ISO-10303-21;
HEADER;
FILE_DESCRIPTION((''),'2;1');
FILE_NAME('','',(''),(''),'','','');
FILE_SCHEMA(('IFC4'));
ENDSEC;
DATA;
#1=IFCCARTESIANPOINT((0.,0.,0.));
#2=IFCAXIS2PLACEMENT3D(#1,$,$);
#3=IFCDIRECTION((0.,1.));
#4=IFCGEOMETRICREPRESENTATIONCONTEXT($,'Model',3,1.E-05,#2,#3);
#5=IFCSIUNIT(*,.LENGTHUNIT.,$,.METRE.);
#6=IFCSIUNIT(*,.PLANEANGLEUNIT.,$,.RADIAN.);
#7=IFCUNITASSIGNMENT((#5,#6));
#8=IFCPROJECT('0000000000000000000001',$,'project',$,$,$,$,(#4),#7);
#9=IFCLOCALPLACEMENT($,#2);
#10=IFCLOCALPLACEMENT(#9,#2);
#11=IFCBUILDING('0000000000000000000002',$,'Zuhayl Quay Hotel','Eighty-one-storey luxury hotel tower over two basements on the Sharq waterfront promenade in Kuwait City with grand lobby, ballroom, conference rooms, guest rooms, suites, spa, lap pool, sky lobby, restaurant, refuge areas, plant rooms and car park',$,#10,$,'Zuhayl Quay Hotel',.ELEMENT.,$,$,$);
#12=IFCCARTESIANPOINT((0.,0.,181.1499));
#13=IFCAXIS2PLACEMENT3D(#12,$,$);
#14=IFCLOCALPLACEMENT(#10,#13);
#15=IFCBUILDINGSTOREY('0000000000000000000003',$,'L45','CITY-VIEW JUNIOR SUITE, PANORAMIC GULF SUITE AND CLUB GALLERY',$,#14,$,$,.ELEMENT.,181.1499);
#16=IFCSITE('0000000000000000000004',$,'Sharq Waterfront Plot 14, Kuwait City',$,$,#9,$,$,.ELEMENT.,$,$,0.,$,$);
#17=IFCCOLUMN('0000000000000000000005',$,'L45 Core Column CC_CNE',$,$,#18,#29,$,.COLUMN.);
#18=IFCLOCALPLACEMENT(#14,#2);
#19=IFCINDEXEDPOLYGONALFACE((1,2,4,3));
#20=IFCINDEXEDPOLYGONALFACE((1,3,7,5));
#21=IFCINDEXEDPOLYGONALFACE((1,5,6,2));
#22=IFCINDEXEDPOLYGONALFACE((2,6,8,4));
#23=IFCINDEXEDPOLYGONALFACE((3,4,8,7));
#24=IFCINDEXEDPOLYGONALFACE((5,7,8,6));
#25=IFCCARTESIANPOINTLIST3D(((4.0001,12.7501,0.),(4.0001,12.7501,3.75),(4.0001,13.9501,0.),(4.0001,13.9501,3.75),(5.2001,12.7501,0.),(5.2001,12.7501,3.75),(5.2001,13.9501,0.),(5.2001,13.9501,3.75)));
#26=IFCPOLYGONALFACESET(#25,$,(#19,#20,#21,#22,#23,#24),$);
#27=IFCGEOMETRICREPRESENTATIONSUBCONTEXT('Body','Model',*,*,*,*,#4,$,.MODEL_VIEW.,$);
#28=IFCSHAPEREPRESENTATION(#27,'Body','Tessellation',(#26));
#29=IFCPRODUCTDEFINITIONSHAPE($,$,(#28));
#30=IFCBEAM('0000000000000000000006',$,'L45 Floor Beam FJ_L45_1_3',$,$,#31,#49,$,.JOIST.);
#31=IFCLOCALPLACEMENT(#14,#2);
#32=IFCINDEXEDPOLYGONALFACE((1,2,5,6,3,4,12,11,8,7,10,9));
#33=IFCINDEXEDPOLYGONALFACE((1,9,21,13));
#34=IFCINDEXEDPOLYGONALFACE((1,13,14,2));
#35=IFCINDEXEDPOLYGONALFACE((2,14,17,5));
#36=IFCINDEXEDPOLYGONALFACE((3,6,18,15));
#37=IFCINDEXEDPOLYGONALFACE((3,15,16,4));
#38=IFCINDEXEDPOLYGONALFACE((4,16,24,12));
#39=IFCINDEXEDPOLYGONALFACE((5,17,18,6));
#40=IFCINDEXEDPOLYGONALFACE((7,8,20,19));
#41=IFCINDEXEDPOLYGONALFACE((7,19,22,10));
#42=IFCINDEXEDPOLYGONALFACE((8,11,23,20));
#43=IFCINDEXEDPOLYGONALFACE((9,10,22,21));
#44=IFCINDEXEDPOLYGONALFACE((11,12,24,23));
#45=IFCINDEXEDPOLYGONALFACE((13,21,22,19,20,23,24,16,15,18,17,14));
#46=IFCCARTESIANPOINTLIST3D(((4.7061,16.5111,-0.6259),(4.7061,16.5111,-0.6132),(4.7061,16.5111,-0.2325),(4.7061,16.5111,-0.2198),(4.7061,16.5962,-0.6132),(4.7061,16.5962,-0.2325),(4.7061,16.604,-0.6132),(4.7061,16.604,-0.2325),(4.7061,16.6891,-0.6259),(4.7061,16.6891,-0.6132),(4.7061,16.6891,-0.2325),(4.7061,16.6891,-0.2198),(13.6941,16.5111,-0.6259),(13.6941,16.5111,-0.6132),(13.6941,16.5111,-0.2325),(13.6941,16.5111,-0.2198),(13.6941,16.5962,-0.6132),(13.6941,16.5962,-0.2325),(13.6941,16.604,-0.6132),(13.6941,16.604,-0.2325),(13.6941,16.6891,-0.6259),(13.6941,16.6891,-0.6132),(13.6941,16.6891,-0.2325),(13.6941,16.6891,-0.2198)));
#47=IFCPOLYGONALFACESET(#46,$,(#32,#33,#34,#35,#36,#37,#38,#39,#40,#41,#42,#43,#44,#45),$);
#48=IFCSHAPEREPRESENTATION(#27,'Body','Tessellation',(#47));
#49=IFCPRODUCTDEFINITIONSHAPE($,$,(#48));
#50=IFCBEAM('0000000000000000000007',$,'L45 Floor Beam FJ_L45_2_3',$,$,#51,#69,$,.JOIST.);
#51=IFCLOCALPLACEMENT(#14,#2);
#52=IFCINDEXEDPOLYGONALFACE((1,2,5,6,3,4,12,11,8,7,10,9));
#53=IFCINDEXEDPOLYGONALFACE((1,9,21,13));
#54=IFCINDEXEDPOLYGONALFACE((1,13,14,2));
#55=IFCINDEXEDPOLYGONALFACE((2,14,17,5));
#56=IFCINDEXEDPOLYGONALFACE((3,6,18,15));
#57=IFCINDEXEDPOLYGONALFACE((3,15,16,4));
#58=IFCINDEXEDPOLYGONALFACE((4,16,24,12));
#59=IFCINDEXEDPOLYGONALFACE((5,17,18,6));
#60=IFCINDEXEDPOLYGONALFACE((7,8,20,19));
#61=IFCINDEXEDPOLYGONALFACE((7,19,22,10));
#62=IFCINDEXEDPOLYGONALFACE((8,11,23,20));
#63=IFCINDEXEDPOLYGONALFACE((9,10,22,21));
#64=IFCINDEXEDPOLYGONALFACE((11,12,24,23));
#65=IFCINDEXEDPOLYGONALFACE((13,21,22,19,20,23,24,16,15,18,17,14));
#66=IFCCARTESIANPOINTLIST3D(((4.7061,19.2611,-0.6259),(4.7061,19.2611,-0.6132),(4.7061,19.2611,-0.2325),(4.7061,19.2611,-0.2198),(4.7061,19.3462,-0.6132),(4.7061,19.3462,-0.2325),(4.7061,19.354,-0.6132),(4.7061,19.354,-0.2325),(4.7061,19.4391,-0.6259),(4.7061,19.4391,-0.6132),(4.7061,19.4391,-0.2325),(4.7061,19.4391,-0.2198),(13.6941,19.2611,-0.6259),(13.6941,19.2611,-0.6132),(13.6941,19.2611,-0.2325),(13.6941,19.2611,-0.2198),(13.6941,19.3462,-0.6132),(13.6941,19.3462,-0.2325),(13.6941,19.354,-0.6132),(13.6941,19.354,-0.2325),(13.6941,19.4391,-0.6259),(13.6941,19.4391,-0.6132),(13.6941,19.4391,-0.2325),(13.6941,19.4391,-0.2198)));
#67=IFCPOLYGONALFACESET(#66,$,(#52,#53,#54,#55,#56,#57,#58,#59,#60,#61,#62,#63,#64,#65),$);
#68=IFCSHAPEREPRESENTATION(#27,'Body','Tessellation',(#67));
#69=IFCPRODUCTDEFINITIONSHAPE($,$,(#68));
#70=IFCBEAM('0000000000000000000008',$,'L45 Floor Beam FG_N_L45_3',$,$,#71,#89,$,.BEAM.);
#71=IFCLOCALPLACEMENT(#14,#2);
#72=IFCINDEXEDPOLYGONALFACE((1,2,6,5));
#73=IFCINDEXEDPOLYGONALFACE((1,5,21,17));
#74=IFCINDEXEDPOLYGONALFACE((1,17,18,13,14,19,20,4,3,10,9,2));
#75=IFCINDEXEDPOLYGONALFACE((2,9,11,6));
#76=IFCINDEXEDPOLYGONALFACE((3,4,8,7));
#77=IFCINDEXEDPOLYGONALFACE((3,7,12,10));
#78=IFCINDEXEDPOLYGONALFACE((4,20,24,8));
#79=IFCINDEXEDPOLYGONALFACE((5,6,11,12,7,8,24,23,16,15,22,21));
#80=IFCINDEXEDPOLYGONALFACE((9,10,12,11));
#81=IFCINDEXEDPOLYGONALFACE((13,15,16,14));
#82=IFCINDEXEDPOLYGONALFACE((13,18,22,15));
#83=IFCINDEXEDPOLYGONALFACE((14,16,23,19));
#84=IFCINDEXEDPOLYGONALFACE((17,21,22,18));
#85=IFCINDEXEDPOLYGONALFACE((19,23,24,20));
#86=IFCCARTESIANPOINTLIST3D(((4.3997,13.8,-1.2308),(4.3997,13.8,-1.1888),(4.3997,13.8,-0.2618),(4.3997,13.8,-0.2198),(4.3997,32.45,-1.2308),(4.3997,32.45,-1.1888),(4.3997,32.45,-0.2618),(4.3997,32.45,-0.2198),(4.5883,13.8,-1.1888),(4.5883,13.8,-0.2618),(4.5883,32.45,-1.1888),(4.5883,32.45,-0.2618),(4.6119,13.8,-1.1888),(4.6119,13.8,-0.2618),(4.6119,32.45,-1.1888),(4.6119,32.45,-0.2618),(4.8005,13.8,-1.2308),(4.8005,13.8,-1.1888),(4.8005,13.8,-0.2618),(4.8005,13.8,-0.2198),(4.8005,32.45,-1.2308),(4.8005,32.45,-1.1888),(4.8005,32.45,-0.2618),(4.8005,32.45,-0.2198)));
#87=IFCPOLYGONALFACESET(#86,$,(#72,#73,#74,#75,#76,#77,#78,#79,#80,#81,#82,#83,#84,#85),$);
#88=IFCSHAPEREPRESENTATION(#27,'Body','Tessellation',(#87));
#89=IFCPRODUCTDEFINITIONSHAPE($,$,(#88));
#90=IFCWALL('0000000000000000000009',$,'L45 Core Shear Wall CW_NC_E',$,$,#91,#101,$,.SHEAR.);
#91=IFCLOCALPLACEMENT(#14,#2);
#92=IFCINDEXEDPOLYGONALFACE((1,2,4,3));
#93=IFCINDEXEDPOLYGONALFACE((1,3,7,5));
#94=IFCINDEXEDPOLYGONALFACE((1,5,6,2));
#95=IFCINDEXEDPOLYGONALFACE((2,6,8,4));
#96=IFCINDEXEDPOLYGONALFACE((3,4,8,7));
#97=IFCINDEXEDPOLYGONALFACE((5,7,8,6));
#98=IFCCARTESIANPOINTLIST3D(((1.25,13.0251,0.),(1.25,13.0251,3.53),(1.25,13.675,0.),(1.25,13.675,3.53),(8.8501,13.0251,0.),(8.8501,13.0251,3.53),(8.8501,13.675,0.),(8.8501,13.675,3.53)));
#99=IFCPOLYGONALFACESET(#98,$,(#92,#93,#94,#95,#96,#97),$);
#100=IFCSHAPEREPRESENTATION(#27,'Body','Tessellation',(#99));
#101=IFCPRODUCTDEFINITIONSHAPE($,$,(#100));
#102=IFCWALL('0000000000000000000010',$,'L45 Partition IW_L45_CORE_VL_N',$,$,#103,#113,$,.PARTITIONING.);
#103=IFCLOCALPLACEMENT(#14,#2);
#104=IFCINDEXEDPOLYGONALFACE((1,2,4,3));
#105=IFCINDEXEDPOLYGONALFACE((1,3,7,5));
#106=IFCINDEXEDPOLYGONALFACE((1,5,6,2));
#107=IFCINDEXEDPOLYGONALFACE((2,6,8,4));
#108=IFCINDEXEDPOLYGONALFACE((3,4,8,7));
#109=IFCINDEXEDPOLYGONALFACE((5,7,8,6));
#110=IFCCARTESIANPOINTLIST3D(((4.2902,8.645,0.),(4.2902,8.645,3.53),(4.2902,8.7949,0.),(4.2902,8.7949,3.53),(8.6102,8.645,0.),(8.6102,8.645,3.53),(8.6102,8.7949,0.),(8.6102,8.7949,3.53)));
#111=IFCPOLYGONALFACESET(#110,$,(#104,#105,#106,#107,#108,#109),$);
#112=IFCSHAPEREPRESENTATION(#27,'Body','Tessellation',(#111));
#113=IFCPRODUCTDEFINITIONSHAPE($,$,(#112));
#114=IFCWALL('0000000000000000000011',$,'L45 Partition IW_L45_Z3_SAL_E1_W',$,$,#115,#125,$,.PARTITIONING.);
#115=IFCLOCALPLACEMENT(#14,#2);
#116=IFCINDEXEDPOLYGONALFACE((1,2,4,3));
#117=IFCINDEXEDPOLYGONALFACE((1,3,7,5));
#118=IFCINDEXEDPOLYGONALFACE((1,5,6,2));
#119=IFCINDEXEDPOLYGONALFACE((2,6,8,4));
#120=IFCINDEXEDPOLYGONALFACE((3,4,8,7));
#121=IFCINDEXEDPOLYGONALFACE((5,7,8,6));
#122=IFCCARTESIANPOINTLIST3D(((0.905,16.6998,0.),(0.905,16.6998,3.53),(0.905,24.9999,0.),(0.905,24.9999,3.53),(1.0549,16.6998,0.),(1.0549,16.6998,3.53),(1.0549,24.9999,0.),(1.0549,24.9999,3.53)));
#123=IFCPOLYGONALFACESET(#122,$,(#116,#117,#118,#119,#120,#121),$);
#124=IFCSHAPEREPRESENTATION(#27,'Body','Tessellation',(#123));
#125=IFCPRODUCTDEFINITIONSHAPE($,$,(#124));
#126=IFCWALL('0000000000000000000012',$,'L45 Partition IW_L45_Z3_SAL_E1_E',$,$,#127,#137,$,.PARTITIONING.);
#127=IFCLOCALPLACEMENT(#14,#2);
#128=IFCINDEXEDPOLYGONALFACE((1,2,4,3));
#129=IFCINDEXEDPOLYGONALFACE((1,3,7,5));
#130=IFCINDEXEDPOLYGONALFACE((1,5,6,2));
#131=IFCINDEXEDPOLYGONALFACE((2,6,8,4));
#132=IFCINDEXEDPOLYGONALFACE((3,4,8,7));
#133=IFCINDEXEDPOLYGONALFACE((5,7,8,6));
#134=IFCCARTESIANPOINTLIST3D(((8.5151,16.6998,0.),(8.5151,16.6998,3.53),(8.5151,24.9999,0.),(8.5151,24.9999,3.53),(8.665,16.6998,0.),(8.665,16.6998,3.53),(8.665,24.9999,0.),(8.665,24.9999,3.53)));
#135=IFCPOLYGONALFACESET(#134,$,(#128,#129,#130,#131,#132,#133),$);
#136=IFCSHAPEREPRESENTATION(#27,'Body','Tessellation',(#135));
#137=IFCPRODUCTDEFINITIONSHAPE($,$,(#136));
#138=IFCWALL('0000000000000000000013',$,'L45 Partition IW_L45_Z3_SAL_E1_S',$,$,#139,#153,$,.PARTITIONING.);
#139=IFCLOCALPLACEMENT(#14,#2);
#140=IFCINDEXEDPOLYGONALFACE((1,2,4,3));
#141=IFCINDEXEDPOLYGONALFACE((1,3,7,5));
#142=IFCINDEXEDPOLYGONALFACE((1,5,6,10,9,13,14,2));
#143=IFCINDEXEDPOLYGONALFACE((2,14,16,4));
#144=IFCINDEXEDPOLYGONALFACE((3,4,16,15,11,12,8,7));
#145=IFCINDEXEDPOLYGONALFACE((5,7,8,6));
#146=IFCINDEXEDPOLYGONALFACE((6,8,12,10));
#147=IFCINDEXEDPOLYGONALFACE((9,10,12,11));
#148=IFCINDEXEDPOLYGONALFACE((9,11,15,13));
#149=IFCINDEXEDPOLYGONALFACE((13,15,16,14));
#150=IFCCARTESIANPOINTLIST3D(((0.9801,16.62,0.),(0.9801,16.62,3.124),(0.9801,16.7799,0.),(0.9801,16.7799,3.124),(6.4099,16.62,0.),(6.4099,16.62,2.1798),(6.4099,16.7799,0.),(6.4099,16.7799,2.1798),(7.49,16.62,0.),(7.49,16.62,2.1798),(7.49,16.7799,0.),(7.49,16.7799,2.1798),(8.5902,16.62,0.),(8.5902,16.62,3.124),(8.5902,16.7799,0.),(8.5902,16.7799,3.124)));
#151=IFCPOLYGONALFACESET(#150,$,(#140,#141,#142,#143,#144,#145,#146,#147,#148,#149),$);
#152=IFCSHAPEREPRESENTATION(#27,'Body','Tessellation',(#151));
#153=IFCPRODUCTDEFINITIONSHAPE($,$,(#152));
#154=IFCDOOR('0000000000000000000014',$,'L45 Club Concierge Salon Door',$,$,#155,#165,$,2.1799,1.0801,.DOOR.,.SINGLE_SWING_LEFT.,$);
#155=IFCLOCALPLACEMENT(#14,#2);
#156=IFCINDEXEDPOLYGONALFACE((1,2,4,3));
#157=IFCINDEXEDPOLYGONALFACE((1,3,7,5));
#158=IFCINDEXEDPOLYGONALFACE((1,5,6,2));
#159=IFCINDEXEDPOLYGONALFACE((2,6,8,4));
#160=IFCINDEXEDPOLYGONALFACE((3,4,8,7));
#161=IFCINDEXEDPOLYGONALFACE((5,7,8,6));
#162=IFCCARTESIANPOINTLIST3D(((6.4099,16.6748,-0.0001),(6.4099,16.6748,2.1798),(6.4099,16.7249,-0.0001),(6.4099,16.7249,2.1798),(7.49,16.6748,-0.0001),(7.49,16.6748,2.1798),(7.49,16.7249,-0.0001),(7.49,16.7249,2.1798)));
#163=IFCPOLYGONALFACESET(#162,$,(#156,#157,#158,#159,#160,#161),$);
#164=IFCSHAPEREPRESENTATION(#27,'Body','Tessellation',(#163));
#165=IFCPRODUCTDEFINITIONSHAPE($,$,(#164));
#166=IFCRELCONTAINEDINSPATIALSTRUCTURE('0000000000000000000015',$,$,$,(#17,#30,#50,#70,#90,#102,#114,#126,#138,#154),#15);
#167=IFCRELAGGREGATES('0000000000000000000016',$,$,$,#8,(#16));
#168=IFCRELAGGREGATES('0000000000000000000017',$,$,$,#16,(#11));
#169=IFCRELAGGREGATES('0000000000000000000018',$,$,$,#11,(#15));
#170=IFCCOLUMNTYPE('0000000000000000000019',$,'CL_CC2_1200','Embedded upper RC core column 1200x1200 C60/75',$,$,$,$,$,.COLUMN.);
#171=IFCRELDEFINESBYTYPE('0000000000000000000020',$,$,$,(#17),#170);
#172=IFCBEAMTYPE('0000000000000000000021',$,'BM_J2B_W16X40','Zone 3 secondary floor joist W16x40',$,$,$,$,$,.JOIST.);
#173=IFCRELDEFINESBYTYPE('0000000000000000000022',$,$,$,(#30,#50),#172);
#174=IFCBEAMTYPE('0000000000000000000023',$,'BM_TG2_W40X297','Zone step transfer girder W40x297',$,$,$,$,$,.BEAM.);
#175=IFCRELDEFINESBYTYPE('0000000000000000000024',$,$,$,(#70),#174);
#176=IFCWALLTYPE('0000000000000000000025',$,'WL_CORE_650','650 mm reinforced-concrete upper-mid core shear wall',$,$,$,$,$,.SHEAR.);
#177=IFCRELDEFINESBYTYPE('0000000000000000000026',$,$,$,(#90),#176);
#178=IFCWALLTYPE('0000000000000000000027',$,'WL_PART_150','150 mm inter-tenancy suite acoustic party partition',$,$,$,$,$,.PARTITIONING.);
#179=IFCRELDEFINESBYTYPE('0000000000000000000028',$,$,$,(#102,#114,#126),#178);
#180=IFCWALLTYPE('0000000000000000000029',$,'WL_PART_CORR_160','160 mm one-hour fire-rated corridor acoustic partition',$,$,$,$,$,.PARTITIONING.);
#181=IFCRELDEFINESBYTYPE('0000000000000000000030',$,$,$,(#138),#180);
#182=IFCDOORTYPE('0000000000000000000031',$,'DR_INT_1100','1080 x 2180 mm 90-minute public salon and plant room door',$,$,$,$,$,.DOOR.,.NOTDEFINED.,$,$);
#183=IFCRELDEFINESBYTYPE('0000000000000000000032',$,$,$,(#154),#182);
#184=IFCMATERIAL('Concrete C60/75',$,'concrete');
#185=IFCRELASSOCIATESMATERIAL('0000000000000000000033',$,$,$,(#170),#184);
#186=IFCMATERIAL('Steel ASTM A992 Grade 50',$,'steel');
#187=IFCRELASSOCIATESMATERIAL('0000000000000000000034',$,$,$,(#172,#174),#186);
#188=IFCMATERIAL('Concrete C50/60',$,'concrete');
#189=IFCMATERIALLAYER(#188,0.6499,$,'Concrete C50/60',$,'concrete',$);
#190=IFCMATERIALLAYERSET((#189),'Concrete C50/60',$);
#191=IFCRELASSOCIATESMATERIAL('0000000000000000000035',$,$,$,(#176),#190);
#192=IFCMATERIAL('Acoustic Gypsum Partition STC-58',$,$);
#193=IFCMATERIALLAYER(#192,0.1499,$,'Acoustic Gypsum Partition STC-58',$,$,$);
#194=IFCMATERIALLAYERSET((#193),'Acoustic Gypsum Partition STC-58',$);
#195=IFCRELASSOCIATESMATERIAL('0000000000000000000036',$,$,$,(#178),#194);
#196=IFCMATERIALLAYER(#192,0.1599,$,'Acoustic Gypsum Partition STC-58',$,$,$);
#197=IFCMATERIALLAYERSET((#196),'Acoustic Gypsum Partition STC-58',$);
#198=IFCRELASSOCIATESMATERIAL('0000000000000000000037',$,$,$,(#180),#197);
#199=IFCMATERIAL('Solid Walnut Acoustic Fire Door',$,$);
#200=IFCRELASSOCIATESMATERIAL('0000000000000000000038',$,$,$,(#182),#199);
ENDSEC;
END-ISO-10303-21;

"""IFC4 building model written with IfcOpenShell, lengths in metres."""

from ifc_helpers import new_model, si_unit, direction, frame, frame_2d, origin, origin_2d, place, context, subcontext, project, spatial, rectangle, i_section, extrude, material, layer, layer_set, material_profile, profile_set, type_object, element, fill, save


model = new_model("IFC4")

# Units and contexts
model_context = context("Model", 3, precision=1e-05, world=origin(), true_north=direction((0.0, 1.0)))
body_context = subcontext(model_context, "Body", "Model", "MODEL_VIEW")
ifc_project = project(units=[si_unit("LENGTHUNIT", "METRE"), si_unit("PLANEANGLEUNIT", "RADIAN")], contexts=[model_context])

# Site, building, storey
site_placement = place(None, origin())
site = spatial("IfcSite", under=ifc_project, at=site_placement, Name="Sharq Waterfront Plot 14, Kuwait City", CompositionType="ELEMENT", RefElevation=0.0)
building_placement = place(site_placement, origin())
building = spatial("IfcBuilding", under=site, at=building_placement, Name="Zuhayl Quay Hotel", Description="Eighty-one-storey luxury hotel tower over two basements on the Sharq waterfront promenade in Kuwait City with grand lobby, ballroom, conference rooms, guest rooms, suites, spa, lap pool, sky lobby, restaurant, refuge areas, plant rooms and car park", LongName="Zuhayl Quay Hotel", CompositionType="ELEMENT")
storey_placement = place(building_placement, frame((0.0, 0.0, 181.1499)))
storey = spatial("IfcBuildingStorey", under=building, at=storey_placement, Name="L45", Description="CITY-VIEW JUNIOR SUITE, PANORAMIC GULF SUITE AND CLUB GALLERY", CompositionType="ELEMENT", Elevation=181.1499)

# Column
ifc_material_1 = material(Name="Concrete C60/75", Category="concrete")
ifc_material_profile_1 = material_profile(ifc_material_1, rectangle(XDim=1.2, YDim=1.2, at=origin_2d()), Name="RC1200X1200")
ifc_profile_set_1 = profile_set([ifc_material_profile_1], Name="Concrete C60/75")
column_type = type_object("IfcColumnType", Name="CL_CC2_1200", Description="Embedded upper RC core column 1200x1200 C60/75", PredefinedType="COLUMN", material=ifc_profile_set_1)
column_placement = place(storey_placement, frame((4.6001, 13.3501, 0.0), z_axis=(0.0, 0.0, 1.0), x_axis=(1.0, 0.0, 0.0)))
element("IfcColumn", 1, at=column_placement, inside=storey, type_object=column_type, Name="L45 Core Column CC_CNE", PredefinedType="COLUMN", context=body_context, shape_type="SweptSolid", body=[
    extrude(rectangle(XDim=1.2, YDim=1.2, at=origin_2d()), origin(), (0.0, 0.0, 1.0), 3.75),
])

# Beams
ifc_material_2 = material(Name="Steel ASTM A992 Grade 50", Category="steel")
ifc_material_profile_2 = material_profile(ifc_material_2, i_section(OverallWidth=0.178, OverallDepth=0.406, WebThickness=0.0078, FlangeThickness=0.0127, at=origin_2d()), Name="W16X40")
ifc_profile_set_2 = profile_set([ifc_material_profile_2], Name="Steel ASTM A992 Grade 50")
beam_type_1 = type_object("IfcBeamType", Name="BM_J2B_W16X40", Description="Zone 3 secondary floor joist W16x40", PredefinedType="JOIST", material=ifc_profile_set_2)
for number, where, z_axis, x_axis, name in (
    (2, (4.7061, 16.6001, -0.4229), (1.0, 0.0, 0.0), (0.0, 1.0, 0.0), "L45 Floor Beam FJ_L45_1_3"),
    (3, (4.7061, 19.3501, -0.4229), (1.0, 0.0, 0.0), (0.0, 1.0, 0.0), "L45 Floor Beam FJ_L45_2_3"),
):
    element("IfcBeam", number, at=place(storey_placement, frame(where, z_axis=z_axis, x_axis=x_axis)), inside=storey, type_object=beam_type_1, Name=name, PredefinedType="JOIST", context=body_context, shape_type="SweptSolid", body=[
        extrude(i_section(OverallWidth=0.178, OverallDepth=0.406, WebThickness=0.0078, FlangeThickness=0.0127, at=origin_2d()), origin(), (0.0, 0.0, 1.0), 8.988),
    ])
ifc_material_profile_3 = material_profile(ifc_material_2, i_section(OverallWidth=0.4009, OverallDepth=1.011, WebThickness=0.0237, FlangeThickness=0.042, at=origin_2d()), Name="W40X297")
ifc_profile_set_3 = profile_set([ifc_material_profile_3], Name="Steel ASTM A992 Grade 50")
beam_type_2 = type_object("IfcBeamType", Name="BM_TG2_W40X297", Description="Zone step transfer girder W40x297", PredefinedType="BEAM", material=ifc_profile_set_3)
beam_placement = place(storey_placement, frame((4.6001, 13.8, -0.7253), z_axis=(0.0, 1.0, 0.0), x_axis=(-1.0, 0.0, 0.0)))
element("IfcBeam", 4, at=beam_placement, inside=storey, type_object=beam_type_2, Name="L45 Floor Beam FG_N_L45_3", PredefinedType="BEAM", context=body_context, shape_type="SweptSolid", body=[
    extrude(i_section(OverallWidth=0.4009, OverallDepth=1.011, WebThickness=0.0237, FlangeThickness=0.042, at=origin_2d()), origin(), (0.0, 0.0, 1.0), 18.6499),
])

# Walls
ifc_material_3 = material(Name="Concrete C50/60", Category="concrete")
ifc_layer_1 = layer(ifc_material_3, 0.6499, Name="Concrete C50/60", Category="concrete")
ifc_layer_set_1 = layer_set([ifc_layer_1], Name="Concrete C50/60")
wall_type_1 = type_object("IfcWallType", Name="WL_CORE_650", Description="650 mm reinforced-concrete upper-mid core shear wall", PredefinedType="SHEAR", material=ifc_layer_set_1)
wall_1_placement = place(storey_placement, frame((1.25, 13.3501, 0.0), z_axis=(0.0, 0.0, 1.0), x_axis=(1.0, 0.0, 0.0)))
element("IfcWall", 5, at=wall_1_placement, inside=storey, type_object=wall_type_1, Name="L45 Core Shear Wall CW_NC_E", PredefinedType="SHEAR", context=body_context, shape_type="SweptSolid", body=[
    extrude(rectangle(XDim=7.6001, YDim=0.6499, at=frame_2d((3.8, 0.0))), origin(), (0.0, 0.0, 1.0), 3.53),
])
ifc_material_4 = material(Name="Acoustic Gypsum Partition STC-58")
ifc_layer_2 = layer(ifc_material_4, 0.1499, Name="Acoustic Gypsum Partition STC-58")
ifc_layer_set_2 = layer_set([ifc_layer_2], Name="Acoustic Gypsum Partition STC-58")
wall_type_2 = type_object("IfcWallType", Name="WL_PART_150", Description="150 mm inter-tenancy suite acoustic party partition", PredefinedType="PARTITIONING", material=ifc_layer_set_2)
wall_2_placement = place(storey_placement, frame((4.29, 8.72, 0.0), z_axis=(0.0, 0.0, 1.0), x_axis=(1.0, 0.0, 0.0)))
element("IfcWall", 6, at=wall_2_placement, inside=storey, type_object=wall_type_2, Name="L45 Partition IW_L45_CORE_VL_N", PredefinedType="PARTITIONING", context=body_context, shape_type="SweptSolid", body=[
    extrude(rectangle(XDim=4.3201, YDim=0.1499, at=frame_2d((2.1602, 0.0))), origin(), (0.0, 0.0, 1.0), 3.53),
])
for number, where, z_axis, x_axis, name in (
    (7, (0.98, 16.7, 0.0), (0.0, 0.0, 1.0), (0.0, 1.0, 0.0), "L45 Partition IW_L45_Z3_SAL_E1_W"),
    (8, (8.5901, 16.7, 0.0), (0.0, 0.0, 1.0), (0.0, 1.0, 0.0), "L45 Partition IW_L45_Z3_SAL_E1_E"),
):
    element("IfcWall", number, at=place(storey_placement, frame(where, z_axis=z_axis, x_axis=x_axis)), inside=storey, type_object=wall_type_2, Name=name, PredefinedType="PARTITIONING", context=body_context, shape_type="SweptSolid", body=[
        extrude(rectangle(XDim=8.3, YDim=0.1499, at=frame_2d((4.1499, 0.0))), origin(), (0.0, 0.0, 1.0), 3.53),
    ])

# Wall, opening, door
ifc_layer_3 = layer(ifc_material_4, 0.1599, Name="Acoustic Gypsum Partition STC-58")
ifc_layer_set_3 = layer_set([ifc_layer_3], Name="Acoustic Gypsum Partition STC-58")
wall_type_3 = type_object("IfcWallType", Name="WL_PART_CORR_160", Description="160 mm one-hour fire-rated corridor acoustic partition", PredefinedType="PARTITIONING", material=ifc_layer_set_3)
wall_3_placement = place(storey_placement, frame((0.98, 16.7, 0.0), z_axis=(0.0, 0.0, 1.0), x_axis=(1.0, 0.0, 0.0)))
wall_3 = element("IfcWall", 9, at=wall_3_placement, inside=storey, type_object=wall_type_3, Name="L45 Partition IW_L45_Z3_SAL_E1_S", PredefinedType="PARTITIONING", context=body_context, shape_type="SweptSolid", body=[
    extrude(rectangle(XDim=7.6101, YDim=0.1599, at=frame_2d((3.8052, 0.0))), origin(), (0.0, 0.0, 1.0), 3.124),
])
opening_1_placement = place(wall_3_placement, frame((5.4299, 0.0, 0.0)))
opening_1 = element("IfcOpeningElement", 10, at=opening_1_placement, cuts=wall_3, PredefinedType="OPENING", context=body_context, shape_type="SweptSolid", body=[
    extrude(rectangle(XDim=1.0801, YDim=2.1799, at=frame_2d((0.54, 1.0898))), frame((0.0, 0.0898, 0.0), z_axis=(0.0, -1.0, 0.0), x_axis=(1.0, 0.0, 0.0)), (0.0, 0.0, 1.0), 0.1799),
])
ifc_material_5 = material(Name="Solid Walnut Acoustic Fire Door")
door_type_1 = type_object("IfcDoorType", Name="DR_INT_1100", Description="1080 x 2180 mm 90-minute public salon and plant room door", OperationType="NOTDEFINED", PredefinedType="DOOR", material=ifc_material_5)
door_1_placement = place(opening_1_placement, origin())
door_1 = element("IfcDoor", 11, at=door_1_placement, inside=storey, type_object=door_type_1, Name="L45 Club Concierge Salon Door", OperationType="SINGLE_SWING_LEFT", OverallHeight=2.1799, OverallWidth=1.0801, PredefinedType="DOOR", context=body_context, shape_type="SweptSolid", body=[
    extrude(rectangle(XDim=1.0801, YDim=2.1799, at=frame_2d((0.54, 1.0898))), frame((0.0, 0.0249, 0.0), z_axis=(0.0, -1.0, 0.0), x_axis=(1.0, 0.0, 0.0)), (0.0, 0.0, 1.0), 0.05),
])
fill(opening_1, door_1)

save(model, "model.ifc")
